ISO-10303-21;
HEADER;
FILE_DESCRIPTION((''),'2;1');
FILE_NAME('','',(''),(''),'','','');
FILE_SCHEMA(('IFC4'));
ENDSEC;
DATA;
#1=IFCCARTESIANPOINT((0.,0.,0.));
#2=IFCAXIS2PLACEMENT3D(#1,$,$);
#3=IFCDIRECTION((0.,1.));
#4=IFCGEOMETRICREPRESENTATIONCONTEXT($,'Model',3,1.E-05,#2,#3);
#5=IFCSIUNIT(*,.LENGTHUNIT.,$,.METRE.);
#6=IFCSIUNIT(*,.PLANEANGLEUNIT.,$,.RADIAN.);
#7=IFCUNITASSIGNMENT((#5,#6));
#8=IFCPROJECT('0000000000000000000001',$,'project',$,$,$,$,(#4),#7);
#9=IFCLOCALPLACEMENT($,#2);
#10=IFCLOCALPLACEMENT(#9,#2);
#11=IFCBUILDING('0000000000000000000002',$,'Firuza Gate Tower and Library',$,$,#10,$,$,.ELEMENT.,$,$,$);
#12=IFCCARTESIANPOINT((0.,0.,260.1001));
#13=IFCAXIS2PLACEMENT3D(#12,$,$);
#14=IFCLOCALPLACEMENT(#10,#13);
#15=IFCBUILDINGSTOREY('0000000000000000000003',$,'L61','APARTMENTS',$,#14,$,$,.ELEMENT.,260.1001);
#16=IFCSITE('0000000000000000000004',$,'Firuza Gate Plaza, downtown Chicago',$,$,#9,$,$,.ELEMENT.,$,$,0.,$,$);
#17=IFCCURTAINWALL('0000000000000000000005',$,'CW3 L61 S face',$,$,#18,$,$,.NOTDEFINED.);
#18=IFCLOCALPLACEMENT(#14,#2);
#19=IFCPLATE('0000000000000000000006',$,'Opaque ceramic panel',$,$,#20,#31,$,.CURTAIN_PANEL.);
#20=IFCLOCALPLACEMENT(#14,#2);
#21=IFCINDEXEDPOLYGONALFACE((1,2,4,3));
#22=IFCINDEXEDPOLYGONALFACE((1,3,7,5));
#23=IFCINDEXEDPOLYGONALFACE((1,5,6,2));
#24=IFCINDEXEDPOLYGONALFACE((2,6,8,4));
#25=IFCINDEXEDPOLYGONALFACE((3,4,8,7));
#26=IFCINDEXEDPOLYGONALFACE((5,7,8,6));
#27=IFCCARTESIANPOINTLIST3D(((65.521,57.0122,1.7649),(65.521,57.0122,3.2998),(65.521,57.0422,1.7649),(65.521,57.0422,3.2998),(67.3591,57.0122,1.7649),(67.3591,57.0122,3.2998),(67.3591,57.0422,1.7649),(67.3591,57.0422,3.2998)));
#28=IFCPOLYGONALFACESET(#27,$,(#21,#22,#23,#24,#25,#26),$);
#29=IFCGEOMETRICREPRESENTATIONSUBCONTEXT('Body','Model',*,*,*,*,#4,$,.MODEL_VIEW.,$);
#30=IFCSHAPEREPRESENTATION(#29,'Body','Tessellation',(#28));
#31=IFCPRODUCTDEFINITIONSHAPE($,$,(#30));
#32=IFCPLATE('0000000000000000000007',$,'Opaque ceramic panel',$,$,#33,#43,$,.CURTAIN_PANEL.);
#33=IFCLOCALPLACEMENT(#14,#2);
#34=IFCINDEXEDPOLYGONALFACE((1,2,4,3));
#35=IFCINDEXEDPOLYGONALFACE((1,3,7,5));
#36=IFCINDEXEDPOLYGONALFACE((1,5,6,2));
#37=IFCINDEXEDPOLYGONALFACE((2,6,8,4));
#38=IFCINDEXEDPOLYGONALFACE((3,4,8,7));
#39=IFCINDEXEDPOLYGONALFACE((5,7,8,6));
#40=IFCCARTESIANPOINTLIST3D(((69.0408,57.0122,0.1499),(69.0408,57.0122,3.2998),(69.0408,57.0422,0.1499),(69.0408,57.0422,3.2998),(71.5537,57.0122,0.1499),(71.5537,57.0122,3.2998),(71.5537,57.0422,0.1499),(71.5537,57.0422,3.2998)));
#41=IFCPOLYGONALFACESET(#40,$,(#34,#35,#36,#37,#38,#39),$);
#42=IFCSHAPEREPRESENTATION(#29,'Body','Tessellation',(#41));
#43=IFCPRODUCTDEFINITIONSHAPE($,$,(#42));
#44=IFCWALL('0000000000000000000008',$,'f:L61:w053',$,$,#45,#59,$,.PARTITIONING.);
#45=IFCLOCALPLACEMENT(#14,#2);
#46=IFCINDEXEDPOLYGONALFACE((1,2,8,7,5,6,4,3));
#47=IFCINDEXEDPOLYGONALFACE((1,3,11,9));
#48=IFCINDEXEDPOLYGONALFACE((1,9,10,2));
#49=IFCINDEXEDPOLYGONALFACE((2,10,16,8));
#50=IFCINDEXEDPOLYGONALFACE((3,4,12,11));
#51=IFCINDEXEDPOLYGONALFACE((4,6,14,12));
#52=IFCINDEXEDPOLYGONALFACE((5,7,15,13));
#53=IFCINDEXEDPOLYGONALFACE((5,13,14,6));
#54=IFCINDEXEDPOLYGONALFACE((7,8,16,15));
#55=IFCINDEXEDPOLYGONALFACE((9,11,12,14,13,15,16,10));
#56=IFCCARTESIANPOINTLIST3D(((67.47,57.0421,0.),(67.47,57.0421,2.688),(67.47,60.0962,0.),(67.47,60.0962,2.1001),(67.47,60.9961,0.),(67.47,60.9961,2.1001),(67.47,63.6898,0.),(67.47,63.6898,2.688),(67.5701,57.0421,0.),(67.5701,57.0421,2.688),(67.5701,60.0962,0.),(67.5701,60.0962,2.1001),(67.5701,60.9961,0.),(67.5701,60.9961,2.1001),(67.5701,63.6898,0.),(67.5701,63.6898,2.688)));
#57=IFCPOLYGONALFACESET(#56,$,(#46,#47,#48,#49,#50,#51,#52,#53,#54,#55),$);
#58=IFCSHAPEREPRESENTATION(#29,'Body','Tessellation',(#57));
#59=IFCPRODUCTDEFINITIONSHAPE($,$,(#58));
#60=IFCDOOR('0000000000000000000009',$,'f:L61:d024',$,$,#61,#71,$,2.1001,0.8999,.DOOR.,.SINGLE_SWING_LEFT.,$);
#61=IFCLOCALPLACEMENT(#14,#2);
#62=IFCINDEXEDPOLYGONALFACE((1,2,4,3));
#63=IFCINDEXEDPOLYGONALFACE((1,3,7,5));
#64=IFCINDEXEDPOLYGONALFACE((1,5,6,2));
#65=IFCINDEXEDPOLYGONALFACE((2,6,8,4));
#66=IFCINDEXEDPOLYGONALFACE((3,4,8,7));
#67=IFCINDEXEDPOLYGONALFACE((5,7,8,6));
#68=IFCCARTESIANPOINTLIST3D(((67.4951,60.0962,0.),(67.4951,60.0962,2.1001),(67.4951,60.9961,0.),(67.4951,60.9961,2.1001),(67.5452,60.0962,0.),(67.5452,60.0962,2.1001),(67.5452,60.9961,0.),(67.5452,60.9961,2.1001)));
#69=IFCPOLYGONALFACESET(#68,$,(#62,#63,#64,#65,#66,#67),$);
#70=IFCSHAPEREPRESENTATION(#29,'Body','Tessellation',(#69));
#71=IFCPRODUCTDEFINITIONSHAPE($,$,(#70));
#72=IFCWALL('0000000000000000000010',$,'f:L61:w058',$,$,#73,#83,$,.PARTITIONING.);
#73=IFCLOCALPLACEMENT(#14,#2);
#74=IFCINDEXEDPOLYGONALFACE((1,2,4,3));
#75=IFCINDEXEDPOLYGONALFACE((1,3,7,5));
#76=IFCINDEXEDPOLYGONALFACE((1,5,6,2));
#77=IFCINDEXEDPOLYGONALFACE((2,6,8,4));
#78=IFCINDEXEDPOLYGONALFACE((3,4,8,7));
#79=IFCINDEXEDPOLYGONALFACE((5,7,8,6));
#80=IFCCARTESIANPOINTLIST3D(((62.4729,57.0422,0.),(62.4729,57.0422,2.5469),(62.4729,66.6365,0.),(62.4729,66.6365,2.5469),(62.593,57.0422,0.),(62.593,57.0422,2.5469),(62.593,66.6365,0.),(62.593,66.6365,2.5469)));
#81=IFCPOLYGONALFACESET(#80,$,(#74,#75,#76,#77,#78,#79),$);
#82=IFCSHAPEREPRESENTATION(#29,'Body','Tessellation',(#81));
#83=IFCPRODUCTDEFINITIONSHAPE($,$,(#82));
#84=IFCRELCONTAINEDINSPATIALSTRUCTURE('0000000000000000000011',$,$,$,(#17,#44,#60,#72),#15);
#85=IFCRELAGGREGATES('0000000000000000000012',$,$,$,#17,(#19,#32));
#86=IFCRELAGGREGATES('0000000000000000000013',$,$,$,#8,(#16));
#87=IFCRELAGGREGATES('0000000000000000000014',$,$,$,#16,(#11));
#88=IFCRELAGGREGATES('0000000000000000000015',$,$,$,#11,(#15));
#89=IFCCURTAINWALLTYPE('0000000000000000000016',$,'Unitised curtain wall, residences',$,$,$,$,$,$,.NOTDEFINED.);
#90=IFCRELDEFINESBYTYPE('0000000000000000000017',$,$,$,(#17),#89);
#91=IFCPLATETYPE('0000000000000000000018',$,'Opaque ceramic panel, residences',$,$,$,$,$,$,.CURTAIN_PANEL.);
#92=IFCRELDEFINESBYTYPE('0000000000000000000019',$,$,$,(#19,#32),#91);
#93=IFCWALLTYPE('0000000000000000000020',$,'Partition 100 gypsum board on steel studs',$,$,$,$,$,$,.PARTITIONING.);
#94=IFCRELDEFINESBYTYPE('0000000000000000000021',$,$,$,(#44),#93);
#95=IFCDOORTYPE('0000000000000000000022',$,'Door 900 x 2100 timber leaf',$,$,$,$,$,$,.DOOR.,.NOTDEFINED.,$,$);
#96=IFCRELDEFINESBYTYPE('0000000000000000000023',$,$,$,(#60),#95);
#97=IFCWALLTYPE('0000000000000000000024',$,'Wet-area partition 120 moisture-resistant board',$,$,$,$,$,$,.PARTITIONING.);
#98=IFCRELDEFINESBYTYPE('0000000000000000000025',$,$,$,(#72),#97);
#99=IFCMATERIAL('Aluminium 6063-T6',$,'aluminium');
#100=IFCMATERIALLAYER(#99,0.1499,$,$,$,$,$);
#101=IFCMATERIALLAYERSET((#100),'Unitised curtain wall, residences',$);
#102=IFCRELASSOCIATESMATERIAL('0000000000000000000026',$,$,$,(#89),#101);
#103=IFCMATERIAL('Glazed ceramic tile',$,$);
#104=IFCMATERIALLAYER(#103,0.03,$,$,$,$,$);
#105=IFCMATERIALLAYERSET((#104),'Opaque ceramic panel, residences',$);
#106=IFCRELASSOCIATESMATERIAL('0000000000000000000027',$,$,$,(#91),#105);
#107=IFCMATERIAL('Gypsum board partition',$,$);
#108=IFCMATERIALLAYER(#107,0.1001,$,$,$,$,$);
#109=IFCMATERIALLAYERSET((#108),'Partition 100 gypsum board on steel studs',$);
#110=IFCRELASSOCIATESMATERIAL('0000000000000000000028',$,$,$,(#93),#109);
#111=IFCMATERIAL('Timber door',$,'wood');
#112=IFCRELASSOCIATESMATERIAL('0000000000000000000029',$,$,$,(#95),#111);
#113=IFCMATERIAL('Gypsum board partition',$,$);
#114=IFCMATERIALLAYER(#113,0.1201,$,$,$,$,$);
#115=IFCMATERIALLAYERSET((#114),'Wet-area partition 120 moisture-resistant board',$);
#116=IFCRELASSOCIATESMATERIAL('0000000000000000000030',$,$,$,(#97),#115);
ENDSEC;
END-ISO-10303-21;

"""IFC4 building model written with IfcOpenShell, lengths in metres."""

from ifc_helpers import new_model, si_unit, direction, frame, frame_2d, origin, place, context, subcontext, project, spatial, polyline, rectangle, outline, extrude, material, layer, layer_set, type_object, element, fill, aggregate, save


model = new_model("IFC4")

# Units and contexts
model_context = context("Model", 3, precision=1e-05, world=origin(), true_north=direction((0.0, 1.0)))
body_context = subcontext(model_context, "Body", "Model", "MODEL_VIEW")
ifc_project = project(units=[si_unit("LENGTHUNIT", "METRE"), si_unit("PLANEANGLEUNIT", "RADIAN")], contexts=[model_context])

# Site, building, storey
site_placement = place(None, origin())
site = spatial("IfcSite", under=ifc_project, at=site_placement, Name="Firuza Gate Plaza, downtown Chicago", CompositionType="ELEMENT", RefElevation=0.0)
building_placement = place(site_placement, origin())
building = spatial("IfcBuilding", under=site, at=building_placement, Name="Firuza Gate Tower and Library", CompositionType="ELEMENT")
storey_placement = place(building_placement, frame((0.0, 0.0, 260.1001)))
storey = spatial("IfcBuildingStorey", under=building, at=storey_placement, Name="L61", Description="APARTMENTS", CompositionType="ELEMENT", Elevation=260.1001)

# Curtain wall, plates
ifc_material_1 = material(Name="Aluminium 6063-T6", Category="aluminium")
ifc_layer_1 = layer(ifc_material_1, 0.1499)
ifc_layer_set_1 = layer_set([ifc_layer_1], Name="Unitised curtain wall, residences")
curtain_wall_type = type_object("IfcCurtainWallType", Name="Unitised curtain wall, residences", PredefinedType="NOTDEFINED", material=ifc_layer_set_1)
curtain_wall_placement = place(storey_placement, origin())
curtain_wall = element("IfcCurtainWall", 1, at=curtain_wall_placement, inside=storey, type_object=curtain_wall_type, Name="CW3 L61 S face", PredefinedType="NOTDEFINED")
ifc_material_2 = material(Name="Glazed ceramic tile")
ifc_layer_2 = layer(ifc_material_2, 0.03)
ifc_layer_set_2 = layer_set([ifc_layer_2], Name="Opaque ceramic panel, residences")
plate_type_1 = type_object("IfcPlateType", Name="Opaque ceramic panel, residences", PredefinedType="CURTAIN_PANEL", material=ifc_layer_set_2)
plate_1_placement = place(storey_placement, frame((65.521, 57.0122, 1.7649), z_axis=(0.0, -1.0, 0.0), x_axis=(1.0, 0.0, 0.0)))
plate_1 = element("IfcPlate", 2, at=plate_1_placement, type_object=plate_type_1, Name="Opaque ceramic panel", PredefinedType="CURTAIN_PANEL", context=body_context, shape_type="SweptSolid", body=[
    extrude(outline(polyline([(0.0, 0.0), (1.8381, 0.0), (1.8381, 1.5349), (0.0, 1.5349), (0.0, 0.0)])), origin(), (0.0, 0.0, -1.0), 0.03),
])
plate_2_placement = place(storey_placement, frame((69.0408, 57.0122, 0.1499), z_axis=(0.0, -1.0, 0.0), x_axis=(1.0, 0.0, 0.0)))
plate_2 = element("IfcPlate", 3, at=plate_2_placement, type_object=plate_type_1, Name="Opaque ceramic panel", PredefinedType="CURTAIN_PANEL", context=body_context, shape_type="SweptSolid", body=[
    extrude(outline(polyline([(0.0, 0.0), (2.5129, 0.0), (2.5129, 3.1499), (0.0, 3.1499), (0.0, 0.0)])), origin(), (0.0, 0.0, -1.0), 0.03),
])
aggregate(curtain_wall, [plate_1, plate_2])

# Wall, opening, door
ifc_material_3 = material(Name="Gypsum board partition")
ifc_layer_3 = layer(ifc_material_3, 0.1001)
ifc_layer_set_3 = layer_set([ifc_layer_3], Name="Partition 100 gypsum board on steel studs")
wall_type_1 = type_object("IfcWallType", Name="Partition 100 gypsum board on steel studs", PredefinedType="PARTITIONING", material=ifc_layer_set_3)
wall_1_placement = place(storey_placement, frame((67.52, 57.0422, 0.0), z_axis=(0.0, 0.0, 1.0), x_axis=(0.0, 1.0, 0.0)))
wall_1 = element("IfcWall", 4, at=wall_1_placement, inside=storey, type_object=wall_type_1, Name="f:L61:w053", PredefinedType="PARTITIONING", context=body_context, shape_type="SweptSolid", body=[
    extrude(rectangle(XDim=6.6477, YDim=0.1001, at=frame_2d((3.3237, 0.0))), origin(), (0.0, 0.0, 1.0), 2.688),
])
opening_placement = place(wall_1_placement, frame((3.054, 0.0, 0.0)))
opening = element("IfcOpeningElement", 5, at=opening_placement, cuts=wall_1, PredefinedType="OPENING", context=body_context, shape_type="SweptSolid", body=[
    extrude(rectangle(XDim=0.8999, YDim=2.1001, at=frame_2d((0.45, 1.05))), frame((0.0, 0.0601, 0.0), z_axis=(0.0, -1.0, 0.0), x_axis=(1.0, 0.0, 0.0)), (0.0, 0.0, 1.0), 0.1201),
])
ifc_material_4 = material(Name="Timber door", Category="wood")
door_type = type_object("IfcDoorType", Name="Door 900 x 2100 timber leaf", OperationType="NOTDEFINED", PredefinedType="DOOR", material=ifc_material_4)
door_placement = place(opening_placement, origin())
door = element("IfcDoor", 6, at=door_placement, inside=storey, type_object=door_type, Name="f:L61:d024", OperationType="SINGLE_SWING_LEFT", OverallHeight=2.1001, OverallWidth=0.8999, PredefinedType="DOOR", context=body_context, shape_type="SweptSolid", body=[
    extrude(rectangle(XDim=0.8999, YDim=2.1001, at=frame_2d((0.45, 1.05))), frame((0.0, 0.0249, 0.0), z_axis=(0.0, -1.0, 0.0), x_axis=(1.0, 0.0, 0.0)), (0.0, 0.0, 1.0), 0.05),
])
fill(opening, door)

# Wall
ifc_material_5 = material(Name="Gypsum board partition")
ifc_layer_4 = layer(ifc_material_5, 0.1201)
ifc_layer_set_4 = layer_set([ifc_layer_4], Name="Wet-area partition 120 moisture-resistant board")
wall_type_2 = type_object("IfcWallType", Name="Wet-area partition 120 moisture-resistant board", PredefinedType="PARTITIONING", material=ifc_layer_set_4)
wall_2_placement = place(storey_placement, frame((62.533, 57.0422, 0.0), z_axis=(0.0, 0.0, 1.0), x_axis=(0.0, 1.0, 0.0)))
element("IfcWall", 7, at=wall_2_placement, inside=storey, type_object=wall_type_2, Name="f:L61:w058", PredefinedType="PARTITIONING", context=body_context, shape_type="SweptSolid", body=[
    extrude(rectangle(XDim=9.5942, YDim=0.1201, at=frame_2d((4.7971, 0.0))), origin(), (0.0, 0.0, 1.0), 2.5469),
])

save(model, "model.ifc")
